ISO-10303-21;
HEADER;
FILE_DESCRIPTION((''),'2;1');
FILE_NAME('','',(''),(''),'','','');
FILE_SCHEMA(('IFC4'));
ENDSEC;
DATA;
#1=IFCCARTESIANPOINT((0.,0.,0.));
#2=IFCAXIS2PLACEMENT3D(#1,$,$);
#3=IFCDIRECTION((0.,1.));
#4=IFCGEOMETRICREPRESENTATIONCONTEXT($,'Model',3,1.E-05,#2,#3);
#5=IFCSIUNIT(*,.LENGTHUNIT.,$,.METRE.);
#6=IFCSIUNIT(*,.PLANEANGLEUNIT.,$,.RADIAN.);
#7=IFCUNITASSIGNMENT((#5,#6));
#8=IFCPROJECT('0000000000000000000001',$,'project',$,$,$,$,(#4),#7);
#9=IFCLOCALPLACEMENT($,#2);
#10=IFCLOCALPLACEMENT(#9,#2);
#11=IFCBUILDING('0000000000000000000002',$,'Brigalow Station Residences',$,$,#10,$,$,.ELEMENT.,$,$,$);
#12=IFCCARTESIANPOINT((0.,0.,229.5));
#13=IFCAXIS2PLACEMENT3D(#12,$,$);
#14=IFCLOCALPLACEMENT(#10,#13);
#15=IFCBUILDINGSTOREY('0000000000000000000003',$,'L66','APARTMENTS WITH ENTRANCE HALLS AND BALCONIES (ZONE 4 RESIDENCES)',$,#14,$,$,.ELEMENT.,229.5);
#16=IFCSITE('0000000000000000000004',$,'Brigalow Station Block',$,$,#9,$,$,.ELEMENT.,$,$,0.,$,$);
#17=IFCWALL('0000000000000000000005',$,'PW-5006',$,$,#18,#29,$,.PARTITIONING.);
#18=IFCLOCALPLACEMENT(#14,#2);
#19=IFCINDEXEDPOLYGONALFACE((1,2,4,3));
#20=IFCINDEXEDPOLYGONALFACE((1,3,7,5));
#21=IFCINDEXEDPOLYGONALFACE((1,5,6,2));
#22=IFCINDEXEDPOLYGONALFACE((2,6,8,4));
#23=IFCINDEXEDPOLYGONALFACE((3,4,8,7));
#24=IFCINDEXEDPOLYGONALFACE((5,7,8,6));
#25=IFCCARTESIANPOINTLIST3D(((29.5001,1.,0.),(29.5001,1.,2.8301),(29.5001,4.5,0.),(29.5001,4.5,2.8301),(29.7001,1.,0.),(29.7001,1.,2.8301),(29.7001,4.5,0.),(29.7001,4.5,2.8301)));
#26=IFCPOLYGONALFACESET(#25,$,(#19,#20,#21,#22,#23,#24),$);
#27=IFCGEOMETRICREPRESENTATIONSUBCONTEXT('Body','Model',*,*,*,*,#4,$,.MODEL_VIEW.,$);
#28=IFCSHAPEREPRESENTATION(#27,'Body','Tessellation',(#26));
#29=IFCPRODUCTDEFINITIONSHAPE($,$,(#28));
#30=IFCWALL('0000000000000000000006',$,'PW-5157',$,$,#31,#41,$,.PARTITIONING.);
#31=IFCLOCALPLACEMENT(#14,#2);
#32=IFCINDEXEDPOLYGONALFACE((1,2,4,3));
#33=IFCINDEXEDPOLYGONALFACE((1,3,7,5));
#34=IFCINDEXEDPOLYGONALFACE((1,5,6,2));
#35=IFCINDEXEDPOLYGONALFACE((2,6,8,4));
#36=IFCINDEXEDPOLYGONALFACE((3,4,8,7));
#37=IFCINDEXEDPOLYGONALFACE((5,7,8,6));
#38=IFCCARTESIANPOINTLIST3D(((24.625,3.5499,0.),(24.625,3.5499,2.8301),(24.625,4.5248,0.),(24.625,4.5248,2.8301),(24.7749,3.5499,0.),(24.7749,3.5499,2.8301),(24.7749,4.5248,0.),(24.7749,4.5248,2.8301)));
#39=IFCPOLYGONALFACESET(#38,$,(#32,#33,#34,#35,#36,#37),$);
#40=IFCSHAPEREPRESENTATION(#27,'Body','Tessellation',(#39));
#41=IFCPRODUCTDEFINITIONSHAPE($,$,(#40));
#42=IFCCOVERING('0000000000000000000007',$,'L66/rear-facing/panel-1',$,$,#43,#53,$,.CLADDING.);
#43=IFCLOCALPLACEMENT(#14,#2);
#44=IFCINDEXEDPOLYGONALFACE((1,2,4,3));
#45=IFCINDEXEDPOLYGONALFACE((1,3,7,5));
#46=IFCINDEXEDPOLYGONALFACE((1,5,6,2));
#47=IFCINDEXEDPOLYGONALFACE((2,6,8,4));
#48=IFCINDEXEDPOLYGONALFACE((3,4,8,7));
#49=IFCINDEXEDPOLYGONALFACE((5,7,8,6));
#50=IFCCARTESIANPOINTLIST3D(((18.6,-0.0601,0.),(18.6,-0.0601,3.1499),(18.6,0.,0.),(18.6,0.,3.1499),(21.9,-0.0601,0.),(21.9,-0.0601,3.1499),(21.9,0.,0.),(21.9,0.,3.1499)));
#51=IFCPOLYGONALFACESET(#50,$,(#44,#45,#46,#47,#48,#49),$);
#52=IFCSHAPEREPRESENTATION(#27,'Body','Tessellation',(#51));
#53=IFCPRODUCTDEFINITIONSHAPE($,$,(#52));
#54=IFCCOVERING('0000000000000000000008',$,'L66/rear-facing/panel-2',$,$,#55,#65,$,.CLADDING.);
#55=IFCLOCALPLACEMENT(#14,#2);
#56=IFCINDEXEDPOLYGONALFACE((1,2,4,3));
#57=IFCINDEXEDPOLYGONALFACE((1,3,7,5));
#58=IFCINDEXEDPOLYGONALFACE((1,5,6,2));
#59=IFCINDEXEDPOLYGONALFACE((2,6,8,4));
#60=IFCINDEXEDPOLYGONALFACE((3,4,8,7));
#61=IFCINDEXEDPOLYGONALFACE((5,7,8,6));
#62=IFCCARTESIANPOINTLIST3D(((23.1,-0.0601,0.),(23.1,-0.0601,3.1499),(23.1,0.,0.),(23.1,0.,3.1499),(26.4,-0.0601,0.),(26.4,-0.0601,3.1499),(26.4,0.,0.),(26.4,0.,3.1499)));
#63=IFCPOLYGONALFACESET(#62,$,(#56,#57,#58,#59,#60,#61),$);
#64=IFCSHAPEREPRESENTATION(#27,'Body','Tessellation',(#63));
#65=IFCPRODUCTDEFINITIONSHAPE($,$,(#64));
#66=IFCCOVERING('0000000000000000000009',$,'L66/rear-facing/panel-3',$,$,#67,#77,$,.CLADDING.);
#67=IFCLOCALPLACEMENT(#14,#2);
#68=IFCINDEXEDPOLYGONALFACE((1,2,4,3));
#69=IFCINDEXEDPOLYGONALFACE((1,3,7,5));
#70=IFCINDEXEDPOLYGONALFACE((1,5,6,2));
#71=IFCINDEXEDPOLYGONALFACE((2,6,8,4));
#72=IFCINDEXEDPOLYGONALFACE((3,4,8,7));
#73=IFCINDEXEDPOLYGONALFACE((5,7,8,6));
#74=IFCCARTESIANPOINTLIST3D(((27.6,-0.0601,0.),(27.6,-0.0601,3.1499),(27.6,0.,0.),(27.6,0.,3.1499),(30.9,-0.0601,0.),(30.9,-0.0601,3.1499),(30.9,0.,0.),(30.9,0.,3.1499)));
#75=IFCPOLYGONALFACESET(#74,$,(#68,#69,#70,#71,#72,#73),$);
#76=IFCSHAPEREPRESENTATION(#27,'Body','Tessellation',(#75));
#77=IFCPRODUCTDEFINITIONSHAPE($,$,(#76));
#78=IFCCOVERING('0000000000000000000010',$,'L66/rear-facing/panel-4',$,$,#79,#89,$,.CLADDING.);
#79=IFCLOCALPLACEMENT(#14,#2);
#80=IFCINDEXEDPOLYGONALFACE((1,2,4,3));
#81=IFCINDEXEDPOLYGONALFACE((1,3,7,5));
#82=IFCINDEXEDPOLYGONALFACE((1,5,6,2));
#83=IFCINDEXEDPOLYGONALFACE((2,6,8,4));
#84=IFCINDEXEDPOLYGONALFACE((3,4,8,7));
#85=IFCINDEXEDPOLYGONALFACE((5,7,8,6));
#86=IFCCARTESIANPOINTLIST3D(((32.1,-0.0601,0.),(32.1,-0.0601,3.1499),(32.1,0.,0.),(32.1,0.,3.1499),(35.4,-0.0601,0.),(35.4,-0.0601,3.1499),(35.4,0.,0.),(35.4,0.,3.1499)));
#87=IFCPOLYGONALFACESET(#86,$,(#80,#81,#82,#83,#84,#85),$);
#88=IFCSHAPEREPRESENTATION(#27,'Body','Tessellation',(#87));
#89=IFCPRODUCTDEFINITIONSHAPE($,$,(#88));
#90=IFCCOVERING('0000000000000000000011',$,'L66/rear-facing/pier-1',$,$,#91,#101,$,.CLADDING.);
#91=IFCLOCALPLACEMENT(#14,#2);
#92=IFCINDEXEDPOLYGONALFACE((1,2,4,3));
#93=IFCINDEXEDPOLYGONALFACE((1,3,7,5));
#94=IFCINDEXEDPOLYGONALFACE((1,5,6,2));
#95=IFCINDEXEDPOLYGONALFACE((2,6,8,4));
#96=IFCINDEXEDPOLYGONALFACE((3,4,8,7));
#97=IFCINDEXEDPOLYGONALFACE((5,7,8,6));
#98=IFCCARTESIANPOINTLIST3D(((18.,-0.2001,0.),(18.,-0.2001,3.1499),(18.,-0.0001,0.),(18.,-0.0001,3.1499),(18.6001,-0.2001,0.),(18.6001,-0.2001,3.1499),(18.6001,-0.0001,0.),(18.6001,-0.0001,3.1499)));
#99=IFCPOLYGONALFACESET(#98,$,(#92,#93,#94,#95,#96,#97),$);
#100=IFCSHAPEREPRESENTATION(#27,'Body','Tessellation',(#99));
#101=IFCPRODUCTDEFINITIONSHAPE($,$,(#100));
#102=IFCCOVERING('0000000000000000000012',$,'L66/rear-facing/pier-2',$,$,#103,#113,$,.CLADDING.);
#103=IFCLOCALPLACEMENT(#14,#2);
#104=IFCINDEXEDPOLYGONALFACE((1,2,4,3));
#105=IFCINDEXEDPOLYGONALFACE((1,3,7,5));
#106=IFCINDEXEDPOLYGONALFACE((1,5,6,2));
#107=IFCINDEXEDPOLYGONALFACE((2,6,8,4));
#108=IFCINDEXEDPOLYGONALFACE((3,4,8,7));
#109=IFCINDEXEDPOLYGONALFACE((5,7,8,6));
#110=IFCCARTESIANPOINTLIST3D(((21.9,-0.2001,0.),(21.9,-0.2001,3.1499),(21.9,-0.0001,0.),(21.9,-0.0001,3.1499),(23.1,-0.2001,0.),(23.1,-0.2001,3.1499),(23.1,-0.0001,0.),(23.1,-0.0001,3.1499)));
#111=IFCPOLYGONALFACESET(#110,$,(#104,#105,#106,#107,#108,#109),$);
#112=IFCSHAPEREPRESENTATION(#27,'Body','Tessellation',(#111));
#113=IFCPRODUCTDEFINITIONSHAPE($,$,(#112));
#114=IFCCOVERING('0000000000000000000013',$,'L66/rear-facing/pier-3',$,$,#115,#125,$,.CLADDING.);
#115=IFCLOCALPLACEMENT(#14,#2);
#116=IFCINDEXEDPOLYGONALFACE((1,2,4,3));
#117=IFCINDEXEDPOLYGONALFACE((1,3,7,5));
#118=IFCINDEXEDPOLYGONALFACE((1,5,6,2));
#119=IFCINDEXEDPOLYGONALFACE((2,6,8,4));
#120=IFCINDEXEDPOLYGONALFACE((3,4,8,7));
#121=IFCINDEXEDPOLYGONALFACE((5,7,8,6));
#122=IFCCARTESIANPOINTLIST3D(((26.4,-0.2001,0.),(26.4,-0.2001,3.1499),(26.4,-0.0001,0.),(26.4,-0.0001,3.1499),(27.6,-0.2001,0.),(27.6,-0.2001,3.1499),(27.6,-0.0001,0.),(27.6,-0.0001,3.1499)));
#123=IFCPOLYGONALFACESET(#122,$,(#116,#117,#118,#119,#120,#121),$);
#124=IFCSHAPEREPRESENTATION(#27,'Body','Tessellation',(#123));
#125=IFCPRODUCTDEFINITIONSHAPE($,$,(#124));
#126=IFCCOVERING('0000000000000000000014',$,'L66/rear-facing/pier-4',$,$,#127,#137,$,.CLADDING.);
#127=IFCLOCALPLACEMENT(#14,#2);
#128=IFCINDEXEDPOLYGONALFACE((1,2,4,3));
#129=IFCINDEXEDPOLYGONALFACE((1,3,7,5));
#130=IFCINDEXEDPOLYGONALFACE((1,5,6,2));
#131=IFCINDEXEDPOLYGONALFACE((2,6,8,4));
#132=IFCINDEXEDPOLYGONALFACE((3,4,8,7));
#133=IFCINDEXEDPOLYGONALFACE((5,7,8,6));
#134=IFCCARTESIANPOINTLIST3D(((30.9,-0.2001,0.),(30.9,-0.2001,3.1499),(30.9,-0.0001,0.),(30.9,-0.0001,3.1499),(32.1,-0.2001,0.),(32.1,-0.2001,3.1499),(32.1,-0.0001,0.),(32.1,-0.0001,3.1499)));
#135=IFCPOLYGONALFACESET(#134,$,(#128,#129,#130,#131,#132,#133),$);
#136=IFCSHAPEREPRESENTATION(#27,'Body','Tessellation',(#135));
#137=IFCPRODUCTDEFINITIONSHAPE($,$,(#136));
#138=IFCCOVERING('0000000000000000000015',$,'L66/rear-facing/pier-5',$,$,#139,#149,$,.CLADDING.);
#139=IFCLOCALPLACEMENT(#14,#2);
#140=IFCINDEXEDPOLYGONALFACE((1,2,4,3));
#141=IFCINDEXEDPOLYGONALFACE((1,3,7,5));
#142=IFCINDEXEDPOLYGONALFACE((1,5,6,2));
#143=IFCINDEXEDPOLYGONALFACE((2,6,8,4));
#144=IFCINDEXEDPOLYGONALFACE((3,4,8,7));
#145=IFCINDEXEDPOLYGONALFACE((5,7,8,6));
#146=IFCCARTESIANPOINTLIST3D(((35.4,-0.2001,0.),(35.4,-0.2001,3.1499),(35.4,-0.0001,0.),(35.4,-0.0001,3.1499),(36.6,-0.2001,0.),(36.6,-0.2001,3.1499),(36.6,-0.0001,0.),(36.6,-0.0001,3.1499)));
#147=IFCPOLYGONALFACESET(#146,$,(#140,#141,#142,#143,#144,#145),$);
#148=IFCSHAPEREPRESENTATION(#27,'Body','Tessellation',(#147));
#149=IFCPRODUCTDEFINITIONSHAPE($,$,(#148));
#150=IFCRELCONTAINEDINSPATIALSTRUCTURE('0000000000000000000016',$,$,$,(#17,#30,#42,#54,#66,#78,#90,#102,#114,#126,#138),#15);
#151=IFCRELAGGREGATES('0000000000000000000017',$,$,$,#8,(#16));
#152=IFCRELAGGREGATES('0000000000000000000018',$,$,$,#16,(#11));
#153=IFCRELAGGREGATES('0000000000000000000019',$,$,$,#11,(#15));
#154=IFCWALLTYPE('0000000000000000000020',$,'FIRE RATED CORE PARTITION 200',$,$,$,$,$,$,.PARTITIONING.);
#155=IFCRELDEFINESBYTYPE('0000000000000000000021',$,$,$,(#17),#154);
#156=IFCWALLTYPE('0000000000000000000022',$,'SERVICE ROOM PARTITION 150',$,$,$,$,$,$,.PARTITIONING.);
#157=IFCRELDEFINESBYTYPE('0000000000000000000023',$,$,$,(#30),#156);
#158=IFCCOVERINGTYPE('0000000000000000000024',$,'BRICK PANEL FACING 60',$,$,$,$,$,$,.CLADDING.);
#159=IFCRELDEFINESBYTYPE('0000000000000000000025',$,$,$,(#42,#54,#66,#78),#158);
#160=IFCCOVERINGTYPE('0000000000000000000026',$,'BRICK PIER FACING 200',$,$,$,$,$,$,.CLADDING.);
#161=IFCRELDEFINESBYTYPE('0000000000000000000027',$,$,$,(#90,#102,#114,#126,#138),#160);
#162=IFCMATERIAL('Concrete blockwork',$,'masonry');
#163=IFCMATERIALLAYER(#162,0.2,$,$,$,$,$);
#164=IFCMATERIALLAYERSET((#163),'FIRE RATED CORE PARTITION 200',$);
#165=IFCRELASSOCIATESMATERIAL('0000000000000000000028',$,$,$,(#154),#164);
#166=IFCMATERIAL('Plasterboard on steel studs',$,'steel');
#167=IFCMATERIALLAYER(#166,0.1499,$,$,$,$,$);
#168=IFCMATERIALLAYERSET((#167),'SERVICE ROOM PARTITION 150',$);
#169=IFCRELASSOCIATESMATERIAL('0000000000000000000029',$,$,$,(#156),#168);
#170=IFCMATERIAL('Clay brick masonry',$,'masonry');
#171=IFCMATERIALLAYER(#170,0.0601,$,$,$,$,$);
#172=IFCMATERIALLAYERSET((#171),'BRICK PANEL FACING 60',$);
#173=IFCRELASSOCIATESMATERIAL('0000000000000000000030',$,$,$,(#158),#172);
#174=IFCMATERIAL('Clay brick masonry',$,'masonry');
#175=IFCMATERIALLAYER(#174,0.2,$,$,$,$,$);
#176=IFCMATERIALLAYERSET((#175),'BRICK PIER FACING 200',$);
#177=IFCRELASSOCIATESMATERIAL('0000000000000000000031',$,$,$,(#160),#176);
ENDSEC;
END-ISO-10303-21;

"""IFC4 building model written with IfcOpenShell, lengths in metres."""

from ifc_helpers import new_model, si_unit, direction, frame, frame_2d, origin, origin_2d, place, context, subcontext, project, spatial, rectangle, extrude, material, layer, layer_set, type_object, element, save


model = new_model("IFC4")

# Units and contexts
model_context = context("Model", 3, precision=1e-05, world=origin(), true_north=direction((0.0, 1.0)))
body_context = subcontext(model_context, "Body", "Model", "MODEL_VIEW")
ifc_project = project(units=[si_unit("LENGTHUNIT", "METRE"), si_unit("PLANEANGLEUNIT", "RADIAN")], contexts=[model_context])

# Site, building, storey
site_placement = place(None, origin())
site = spatial("IfcSite", under=ifc_project, at=site_placement, Name="Brigalow Station Block", CompositionType="ELEMENT", RefElevation=0.0)
building_placement = place(site_placement, origin())
building = spatial("IfcBuilding", under=site, at=building_placement, Name="Brigalow Station Residences", CompositionType="ELEMENT")
storey_placement = place(building_placement, frame((0.0, 0.0, 229.5)))
storey = spatial("IfcBuildingStorey", under=building, at=storey_placement, Name="L66", Description="APARTMENTS WITH ENTRANCE HALLS AND BALCONIES (ZONE 4 RESIDENCES)", CompositionType="ELEMENT", Elevation=229.5)

# Walls
ifc_material_1 = material(Name="Concrete blockwork", Category="masonry")
ifc_layer_1 = layer(ifc_material_1, 0.2)
ifc_layer_set_1 = layer_set([ifc_layer_1], Name="FIRE RATED CORE PARTITION 200")
wall_type_1 = type_object("IfcWallType", Name="FIRE RATED CORE PARTITION 200", PredefinedType="PARTITIONING", material=ifc_layer_set_1)
wall_1_placement = place(storey_placement, frame((29.6001, 1.0, 0.0), z_axis=(0.0, 0.0, 1.0), x_axis=(0.0, 1.0, 0.0)))
element("IfcWall", 1, at=wall_1_placement, inside=storey, type_object=wall_type_1, Name="PW-5006", PredefinedType="PARTITIONING", context=body_context, shape_type="SweptSolid", body=[
    extrude(rectangle(XDim=3.5, YDim=0.2, at=frame_2d((1.75, 0.0))), origin(), (0.0, 0.0, 1.0), 2.8301),
])
ifc_material_2 = material(Name="Plasterboard on steel studs", Category="steel")
ifc_layer_2 = layer(ifc_material_2, 0.1499)
ifc_layer_set_2 = layer_set([ifc_layer_2], Name="SERVICE ROOM PARTITION 150")
wall_type_2 = type_object("IfcWallType", Name="SERVICE ROOM PARTITION 150", PredefinedType="PARTITIONING", material=ifc_layer_set_2)
wall_2_placement = place(storey_placement, frame((24.7, 3.55, 0.0), z_axis=(0.0, 0.0, 1.0), x_axis=(0.0, 1.0, 0.0)))
element("IfcWall", 2, at=wall_2_placement, inside=storey, type_object=wall_type_2, Name="PW-5157", PredefinedType="PARTITIONING", context=body_context, shape_type="SweptSolid", body=[
    extrude(rectangle(XDim=0.9749, YDim=0.1499, at=frame_2d((0.4873, 0.0))), origin(), (0.0, 0.0, 1.0), 2.8301),
])

# Coverings
ifc_material_3 = material(Name="Clay brick masonry", Category="masonry")
ifc_layer_3 = layer(ifc_material_3, 0.0601)
ifc_layer_set_3 = layer_set([ifc_layer_3], Name="BRICK PANEL FACING 60")
covering_type_1 = type_object("IfcCoveringType", Name="BRICK PANEL FACING 60", PredefinedType="CLADDING", material=ifc_layer_set_3)
for number, where, z_axis, x_axis, name in (
    (3, (20.25, -0.03, 0.0), (0.0, 0.0, 1.0), (1.0, 0.0, 0.0), "L66/rear-facing/panel-1"),
    (4, (24.75, -0.03, 0.0), (0.0, 0.0, 1.0), (1.0, 0.0, 0.0), "L66/rear-facing/panel-2"),
    (5, (29.25, -0.03, 0.0), (0.0, 0.0, 1.0), (1.0, 0.0, 0.0), "L66/rear-facing/panel-3"),
    (6, (33.75, -0.03, 0.0), (0.0, 0.0, 1.0), (1.0, 0.0, 0.0), "L66/rear-facing/panel-4"),
):
    element("IfcCovering", number, at=place(storey_placement, frame(where, z_axis=z_axis, x_axis=x_axis)), inside=storey, type_object=covering_type_1, Name=name, PredefinedType="CLADDING", context=body_context, shape_type="SweptSolid", body=[
        extrude(rectangle(XDim=3.3, YDim=0.0601, at=origin_2d()), origin(), (0.0, 0.0, 1.0), 3.1499),
    ])
ifc_material_4 = material(Name="Clay brick masonry", Category="masonry")
ifc_layer_4 = layer(ifc_material_4, 0.2)
ifc_layer_set_4 = layer_set([ifc_layer_4], Name="BRICK PIER FACING 200")
covering_type_2 = type_object("IfcCoveringType", Name="BRICK PIER FACING 200", PredefinedType="CLADDING", material=ifc_layer_set_4)
covering_placement = place(storey_placement, frame((18.3, -0.1001, 0.0), z_axis=(0.0, 0.0, 1.0), x_axis=(1.0, 0.0, 0.0)))
element("IfcCovering", 7, at=covering_placement, inside=storey, type_object=covering_type_2, Name="L66/rear-facing/pier-1", PredefinedType="CLADDING", context=body_context, shape_type="SweptSolid", body=[
    extrude(rectangle(XDim=0.6001, YDim=0.2, at=origin_2d()), origin(), (0.0, 0.0, 1.0), 3.1499),
])
for number, where, z_axis, x_axis, name in (
    (8, (22.5, -0.1001, 0.0), (0.0, 0.0, 1.0), (1.0, 0.0, 0.0), "L66/rear-facing/pier-2"),
    (9, (27.0, -0.1001, 0.0), (0.0, 0.0, 1.0), (1.0, 0.0, 0.0), "L66/rear-facing/pier-3"),
    (10, (31.5, -0.1001, 0.0), (0.0, 0.0, 1.0), (1.0, 0.0, 0.0), "L66/rear-facing/pier-4"),
    (11, (36.0, -0.1001, 0.0), (0.0, 0.0, 1.0), (1.0, 0.0, 0.0), "L66/rear-facing/pier-5"),
):
    element("IfcCovering", number, at=place(storey_placement, frame(where, z_axis=z_axis, x_axis=x_axis)), inside=storey, type_object=covering_type_2, Name=name, PredefinedType="CLADDING", context=body_context, shape_type="SweptSolid", body=[
        extrude(rectangle(XDim=1.2, YDim=0.2, at=origin_2d()), origin(), (0.0, 0.0, 1.0), 3.1499),
    ])

save(model, "model.ifc")
